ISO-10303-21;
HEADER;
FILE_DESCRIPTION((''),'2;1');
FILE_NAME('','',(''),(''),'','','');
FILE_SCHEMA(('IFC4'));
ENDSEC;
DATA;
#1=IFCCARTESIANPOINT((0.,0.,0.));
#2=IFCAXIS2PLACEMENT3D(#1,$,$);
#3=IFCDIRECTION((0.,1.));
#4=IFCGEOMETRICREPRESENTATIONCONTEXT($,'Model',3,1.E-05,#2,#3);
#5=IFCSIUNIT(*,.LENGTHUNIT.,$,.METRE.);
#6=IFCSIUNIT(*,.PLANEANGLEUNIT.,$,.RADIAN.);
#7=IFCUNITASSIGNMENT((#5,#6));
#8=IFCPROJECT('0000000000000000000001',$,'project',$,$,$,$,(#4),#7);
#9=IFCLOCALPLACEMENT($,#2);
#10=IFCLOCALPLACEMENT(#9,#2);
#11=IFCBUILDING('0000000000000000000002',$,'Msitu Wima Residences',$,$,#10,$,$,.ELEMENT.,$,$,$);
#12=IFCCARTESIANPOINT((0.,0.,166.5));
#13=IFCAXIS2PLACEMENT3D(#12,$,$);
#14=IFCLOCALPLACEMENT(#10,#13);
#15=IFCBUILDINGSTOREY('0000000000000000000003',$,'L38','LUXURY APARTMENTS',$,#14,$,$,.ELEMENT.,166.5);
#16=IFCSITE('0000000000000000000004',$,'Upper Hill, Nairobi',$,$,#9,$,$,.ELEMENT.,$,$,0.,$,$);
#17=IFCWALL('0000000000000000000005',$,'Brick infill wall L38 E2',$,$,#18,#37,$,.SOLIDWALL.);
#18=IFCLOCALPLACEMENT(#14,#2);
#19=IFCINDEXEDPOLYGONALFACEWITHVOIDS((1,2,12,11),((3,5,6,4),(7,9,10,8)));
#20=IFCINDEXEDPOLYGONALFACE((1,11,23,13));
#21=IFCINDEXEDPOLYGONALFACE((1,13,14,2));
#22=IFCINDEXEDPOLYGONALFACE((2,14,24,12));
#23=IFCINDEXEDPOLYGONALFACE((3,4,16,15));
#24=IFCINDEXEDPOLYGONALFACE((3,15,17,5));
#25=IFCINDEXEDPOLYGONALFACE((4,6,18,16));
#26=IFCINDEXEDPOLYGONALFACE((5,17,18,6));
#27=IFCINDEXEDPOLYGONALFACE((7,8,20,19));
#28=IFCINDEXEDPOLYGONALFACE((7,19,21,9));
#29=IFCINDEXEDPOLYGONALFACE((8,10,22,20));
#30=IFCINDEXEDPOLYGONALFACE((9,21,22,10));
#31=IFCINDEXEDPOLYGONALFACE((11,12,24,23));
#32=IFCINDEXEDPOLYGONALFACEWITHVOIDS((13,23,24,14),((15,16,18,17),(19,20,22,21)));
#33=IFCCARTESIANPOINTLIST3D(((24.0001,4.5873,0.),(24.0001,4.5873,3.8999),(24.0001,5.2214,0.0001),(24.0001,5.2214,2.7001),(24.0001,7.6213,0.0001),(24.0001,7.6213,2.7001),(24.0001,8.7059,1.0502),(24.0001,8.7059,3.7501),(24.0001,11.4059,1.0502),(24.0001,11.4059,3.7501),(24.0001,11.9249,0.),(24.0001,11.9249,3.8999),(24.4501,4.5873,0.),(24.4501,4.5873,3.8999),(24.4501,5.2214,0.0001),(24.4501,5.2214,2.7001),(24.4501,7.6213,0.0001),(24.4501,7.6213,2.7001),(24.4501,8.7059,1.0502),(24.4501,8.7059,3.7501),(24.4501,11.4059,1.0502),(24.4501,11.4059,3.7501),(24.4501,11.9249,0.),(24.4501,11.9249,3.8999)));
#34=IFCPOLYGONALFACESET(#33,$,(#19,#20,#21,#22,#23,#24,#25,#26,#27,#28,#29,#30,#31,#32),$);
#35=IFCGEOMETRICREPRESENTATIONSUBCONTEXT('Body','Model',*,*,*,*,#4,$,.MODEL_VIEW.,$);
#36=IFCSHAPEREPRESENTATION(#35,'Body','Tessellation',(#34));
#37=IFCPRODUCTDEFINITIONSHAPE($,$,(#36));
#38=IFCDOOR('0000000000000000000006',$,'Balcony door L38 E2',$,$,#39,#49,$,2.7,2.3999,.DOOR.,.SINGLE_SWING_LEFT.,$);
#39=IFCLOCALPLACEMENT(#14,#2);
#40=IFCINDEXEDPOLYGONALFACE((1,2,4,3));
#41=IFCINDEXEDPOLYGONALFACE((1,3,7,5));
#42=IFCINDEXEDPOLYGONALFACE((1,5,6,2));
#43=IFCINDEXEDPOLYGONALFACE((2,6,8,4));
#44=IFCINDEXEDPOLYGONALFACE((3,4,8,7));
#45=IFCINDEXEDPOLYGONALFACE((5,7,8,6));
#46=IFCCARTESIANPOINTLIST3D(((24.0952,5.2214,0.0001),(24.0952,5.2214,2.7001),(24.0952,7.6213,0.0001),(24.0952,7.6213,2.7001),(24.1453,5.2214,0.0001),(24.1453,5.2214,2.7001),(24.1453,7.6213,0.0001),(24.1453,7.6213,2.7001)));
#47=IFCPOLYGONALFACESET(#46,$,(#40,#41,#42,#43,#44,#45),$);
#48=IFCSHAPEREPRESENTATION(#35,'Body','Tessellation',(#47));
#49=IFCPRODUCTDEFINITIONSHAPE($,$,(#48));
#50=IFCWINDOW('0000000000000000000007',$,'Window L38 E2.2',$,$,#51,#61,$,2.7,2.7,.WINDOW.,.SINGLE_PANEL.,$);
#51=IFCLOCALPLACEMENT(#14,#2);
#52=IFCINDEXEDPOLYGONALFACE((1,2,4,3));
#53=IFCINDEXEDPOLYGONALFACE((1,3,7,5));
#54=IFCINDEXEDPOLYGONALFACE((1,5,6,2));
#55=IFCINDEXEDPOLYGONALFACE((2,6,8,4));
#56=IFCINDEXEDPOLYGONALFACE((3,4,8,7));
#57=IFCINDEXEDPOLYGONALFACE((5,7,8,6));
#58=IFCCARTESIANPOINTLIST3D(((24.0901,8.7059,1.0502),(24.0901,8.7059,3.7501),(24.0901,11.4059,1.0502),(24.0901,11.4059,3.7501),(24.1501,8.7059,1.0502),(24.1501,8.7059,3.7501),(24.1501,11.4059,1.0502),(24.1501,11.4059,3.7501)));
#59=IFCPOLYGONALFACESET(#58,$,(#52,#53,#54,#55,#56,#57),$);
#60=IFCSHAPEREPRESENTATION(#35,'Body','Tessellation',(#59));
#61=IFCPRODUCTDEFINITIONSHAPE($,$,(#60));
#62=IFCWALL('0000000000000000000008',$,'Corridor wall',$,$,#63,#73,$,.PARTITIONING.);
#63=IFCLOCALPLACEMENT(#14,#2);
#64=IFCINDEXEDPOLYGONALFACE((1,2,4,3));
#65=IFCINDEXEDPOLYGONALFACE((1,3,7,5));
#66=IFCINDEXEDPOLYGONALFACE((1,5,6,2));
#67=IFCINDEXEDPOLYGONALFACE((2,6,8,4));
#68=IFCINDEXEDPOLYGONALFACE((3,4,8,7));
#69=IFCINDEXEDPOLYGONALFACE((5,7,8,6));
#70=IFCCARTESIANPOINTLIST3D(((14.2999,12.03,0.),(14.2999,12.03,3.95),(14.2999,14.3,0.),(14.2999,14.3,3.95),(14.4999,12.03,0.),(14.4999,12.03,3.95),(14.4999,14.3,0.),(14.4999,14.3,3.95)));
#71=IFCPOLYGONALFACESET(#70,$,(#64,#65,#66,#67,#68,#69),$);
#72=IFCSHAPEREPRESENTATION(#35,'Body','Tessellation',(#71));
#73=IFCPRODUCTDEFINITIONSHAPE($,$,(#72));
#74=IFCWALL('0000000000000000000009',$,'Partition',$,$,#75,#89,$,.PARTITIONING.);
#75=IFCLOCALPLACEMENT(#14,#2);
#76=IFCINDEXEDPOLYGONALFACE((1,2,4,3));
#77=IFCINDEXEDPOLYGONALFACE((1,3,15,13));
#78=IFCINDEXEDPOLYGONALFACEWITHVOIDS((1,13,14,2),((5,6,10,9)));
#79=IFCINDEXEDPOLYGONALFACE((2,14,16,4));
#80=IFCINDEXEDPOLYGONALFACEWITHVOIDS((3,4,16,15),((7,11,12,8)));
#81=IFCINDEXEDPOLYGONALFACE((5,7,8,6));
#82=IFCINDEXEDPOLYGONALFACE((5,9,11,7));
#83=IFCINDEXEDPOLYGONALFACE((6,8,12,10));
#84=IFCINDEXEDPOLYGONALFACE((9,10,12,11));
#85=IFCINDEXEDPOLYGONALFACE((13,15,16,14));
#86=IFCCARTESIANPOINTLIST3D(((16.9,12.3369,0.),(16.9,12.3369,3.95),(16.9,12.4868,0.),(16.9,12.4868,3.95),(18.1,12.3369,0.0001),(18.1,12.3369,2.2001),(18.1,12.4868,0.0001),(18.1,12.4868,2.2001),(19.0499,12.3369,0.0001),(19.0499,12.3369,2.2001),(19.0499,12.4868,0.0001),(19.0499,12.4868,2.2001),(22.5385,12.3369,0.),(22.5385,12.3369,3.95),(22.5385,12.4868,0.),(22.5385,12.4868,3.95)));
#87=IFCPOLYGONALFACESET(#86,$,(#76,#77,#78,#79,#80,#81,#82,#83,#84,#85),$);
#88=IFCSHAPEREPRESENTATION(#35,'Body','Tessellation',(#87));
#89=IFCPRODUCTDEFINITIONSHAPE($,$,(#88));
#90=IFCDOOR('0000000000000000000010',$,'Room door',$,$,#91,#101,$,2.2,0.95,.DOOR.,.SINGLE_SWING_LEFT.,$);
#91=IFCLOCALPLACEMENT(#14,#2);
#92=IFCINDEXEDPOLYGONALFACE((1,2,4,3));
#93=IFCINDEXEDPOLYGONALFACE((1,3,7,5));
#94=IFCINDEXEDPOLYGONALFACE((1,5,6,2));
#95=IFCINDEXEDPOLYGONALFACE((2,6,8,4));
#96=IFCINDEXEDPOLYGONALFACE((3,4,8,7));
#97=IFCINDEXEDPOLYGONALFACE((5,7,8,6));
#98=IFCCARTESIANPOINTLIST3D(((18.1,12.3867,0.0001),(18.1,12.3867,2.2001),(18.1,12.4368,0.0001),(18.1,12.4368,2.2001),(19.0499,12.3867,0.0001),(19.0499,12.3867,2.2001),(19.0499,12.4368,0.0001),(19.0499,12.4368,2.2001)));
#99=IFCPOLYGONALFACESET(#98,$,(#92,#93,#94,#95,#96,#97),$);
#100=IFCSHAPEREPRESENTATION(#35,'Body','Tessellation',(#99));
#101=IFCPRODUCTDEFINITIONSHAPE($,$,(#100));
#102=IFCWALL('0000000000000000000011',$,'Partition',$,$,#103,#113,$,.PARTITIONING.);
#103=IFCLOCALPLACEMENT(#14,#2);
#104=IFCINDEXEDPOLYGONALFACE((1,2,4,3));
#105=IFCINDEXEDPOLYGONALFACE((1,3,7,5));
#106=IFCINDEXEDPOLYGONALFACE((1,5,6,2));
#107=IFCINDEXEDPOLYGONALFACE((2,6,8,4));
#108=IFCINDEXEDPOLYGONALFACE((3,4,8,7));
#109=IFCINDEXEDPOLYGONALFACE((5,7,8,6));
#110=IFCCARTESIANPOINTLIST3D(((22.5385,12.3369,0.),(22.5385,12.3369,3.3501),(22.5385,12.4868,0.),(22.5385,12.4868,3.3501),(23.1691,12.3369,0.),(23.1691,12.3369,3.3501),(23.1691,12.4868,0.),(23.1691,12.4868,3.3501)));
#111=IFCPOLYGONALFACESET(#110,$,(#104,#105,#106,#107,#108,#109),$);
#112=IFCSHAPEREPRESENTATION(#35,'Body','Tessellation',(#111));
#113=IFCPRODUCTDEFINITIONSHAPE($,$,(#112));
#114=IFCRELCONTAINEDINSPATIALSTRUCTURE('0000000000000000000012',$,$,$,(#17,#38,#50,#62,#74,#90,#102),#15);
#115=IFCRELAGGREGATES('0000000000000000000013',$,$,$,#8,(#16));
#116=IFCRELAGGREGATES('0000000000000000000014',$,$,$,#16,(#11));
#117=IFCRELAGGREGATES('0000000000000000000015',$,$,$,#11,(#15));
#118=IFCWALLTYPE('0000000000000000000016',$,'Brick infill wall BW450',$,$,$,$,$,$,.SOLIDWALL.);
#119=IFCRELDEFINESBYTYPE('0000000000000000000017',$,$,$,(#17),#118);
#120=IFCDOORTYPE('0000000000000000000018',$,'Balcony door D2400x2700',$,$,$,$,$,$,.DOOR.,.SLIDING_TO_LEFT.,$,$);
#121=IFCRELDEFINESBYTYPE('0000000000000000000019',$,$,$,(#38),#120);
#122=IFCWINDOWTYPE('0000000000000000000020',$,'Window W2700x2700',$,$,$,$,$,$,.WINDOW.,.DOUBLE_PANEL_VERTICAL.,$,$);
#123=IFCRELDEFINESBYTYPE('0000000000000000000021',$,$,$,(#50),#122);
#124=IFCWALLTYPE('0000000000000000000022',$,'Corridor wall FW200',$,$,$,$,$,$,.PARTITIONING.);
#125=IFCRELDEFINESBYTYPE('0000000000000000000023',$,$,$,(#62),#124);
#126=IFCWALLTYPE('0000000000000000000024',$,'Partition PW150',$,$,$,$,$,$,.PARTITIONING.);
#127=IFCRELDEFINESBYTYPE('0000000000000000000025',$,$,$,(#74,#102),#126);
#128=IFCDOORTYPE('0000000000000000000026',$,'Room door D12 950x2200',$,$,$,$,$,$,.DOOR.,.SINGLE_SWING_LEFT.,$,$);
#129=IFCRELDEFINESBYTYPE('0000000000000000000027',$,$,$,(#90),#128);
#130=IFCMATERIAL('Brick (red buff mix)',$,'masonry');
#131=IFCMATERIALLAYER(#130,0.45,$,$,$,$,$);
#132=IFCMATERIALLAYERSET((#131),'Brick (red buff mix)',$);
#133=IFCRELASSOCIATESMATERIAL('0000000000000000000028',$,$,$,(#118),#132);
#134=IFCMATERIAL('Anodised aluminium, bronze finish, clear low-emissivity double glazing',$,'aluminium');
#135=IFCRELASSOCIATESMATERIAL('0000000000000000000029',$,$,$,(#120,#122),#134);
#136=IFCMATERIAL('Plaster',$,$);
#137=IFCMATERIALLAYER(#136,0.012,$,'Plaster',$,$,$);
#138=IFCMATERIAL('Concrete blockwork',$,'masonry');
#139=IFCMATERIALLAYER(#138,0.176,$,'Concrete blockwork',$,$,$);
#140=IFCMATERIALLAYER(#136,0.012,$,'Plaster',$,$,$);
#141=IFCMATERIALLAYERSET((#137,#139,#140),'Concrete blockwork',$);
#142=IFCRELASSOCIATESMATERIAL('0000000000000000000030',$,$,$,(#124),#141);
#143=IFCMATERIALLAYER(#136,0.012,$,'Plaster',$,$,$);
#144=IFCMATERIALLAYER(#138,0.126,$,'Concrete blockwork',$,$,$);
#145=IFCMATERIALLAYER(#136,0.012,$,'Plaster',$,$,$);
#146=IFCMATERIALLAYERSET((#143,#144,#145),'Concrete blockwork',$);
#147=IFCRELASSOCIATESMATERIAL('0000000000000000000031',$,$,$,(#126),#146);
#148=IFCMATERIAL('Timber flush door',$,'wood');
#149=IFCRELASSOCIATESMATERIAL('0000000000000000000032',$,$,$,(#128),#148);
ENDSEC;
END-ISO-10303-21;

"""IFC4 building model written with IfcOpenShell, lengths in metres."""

from ifc_helpers import new_model, si_unit, direction, frame, frame_2d, origin, place, context, subcontext, project, spatial, rectangle, extrude, material, layer, layer_set, type_object, element, fill, save


model = new_model("IFC4")

# Units and contexts
model_context = context("Model", 3, precision=1e-05, world=origin(), true_north=direction((0.0, 1.0)))
body_context = subcontext(model_context, "Body", "Model", "MODEL_VIEW")
ifc_project = project(units=[si_unit("LENGTHUNIT", "METRE"), si_unit("PLANEANGLEUNIT", "RADIAN")], contexts=[model_context])

# Site, building, storey
site_placement = place(None, origin())
site = spatial("IfcSite", under=ifc_project, at=site_placement, Name="Upper Hill, Nairobi", CompositionType="ELEMENT", RefElevation=0.0)
building_placement = place(site_placement, origin())
building = spatial("IfcBuilding", under=site, at=building_placement, Name="Msitu Wima Residences", CompositionType="ELEMENT")
storey_placement = place(building_placement, frame((0.0, 0.0, 166.5)))
storey = spatial("IfcBuildingStorey", under=building, at=storey_placement, Name="L38", Description="LUXURY APARTMENTS", CompositionType="ELEMENT", Elevation=166.5)

# Wall, openings, door, window
ifc_material_1 = material(Name="Brick (red buff mix)", Category="masonry")
ifc_layer_1 = layer(ifc_material_1, 0.45)
ifc_layer_set_1 = layer_set([ifc_layer_1], Name="Brick (red buff mix)")
wall_type_1 = type_object("IfcWallType", Name="Brick infill wall BW450", PredefinedType="SOLIDWALL", material=ifc_layer_set_1)
wall_1_placement = place(storey_placement, frame((24.2251, 4.5872, 0.0), z_axis=(0.0, 0.0, 1.0), x_axis=(0.0, 1.0, 0.0)))
wall_1 = element("IfcWall", 1, at=wall_1_placement, inside=storey, type_object=wall_type_1, Name="Brick infill wall L38 E2", PredefinedType="SOLIDWALL", context=body_context, shape_type="SweptSolid", body=[
    extrude(rectangle(XDim=7.3376, YDim=0.45, at=frame_2d((3.6689, 0.0))), origin(), (0.0, 0.0, 1.0), 3.8999),
])
opening_1_placement = place(wall_1_placement, frame((0.6343, 0.0, 0.0)))
opening_1 = element("IfcOpeningElement", 2, at=opening_1_placement, cuts=wall_1, PredefinedType="OPENING", context=body_context, shape_type="SweptSolid", body=[
    extrude(rectangle(XDim=2.3999, YDim=2.7, at=frame_2d((1.2, 1.3501))), frame((0.0, 0.2349, 0.0), z_axis=(0.0, -1.0, 0.0), x_axis=(1.0, 0.0, 0.0)), (0.0, 0.0, 1.0), 0.47),
])
opening_2_placement = place(wall_1_placement, frame((4.1187, 0.0, 1.05)))
opening_2 = element("IfcOpeningElement", 3, at=opening_2_placement, cuts=wall_1, PredefinedType="OPENING", context=body_context, shape_type="SweptSolid", body=[
    extrude(rectangle(XDim=2.7, YDim=2.7, at=frame_2d((1.3501, 1.3501))), frame((0.0, 0.2349, 0.0), z_axis=(0.0, -1.0, 0.0), x_axis=(1.0, 0.0, 0.0)), (0.0, 0.0, 1.0), 0.47),
])
ifc_material_2 = material(Name="Anodised aluminium, bronze finish, clear low-emissivity double glazing", Category="aluminium")
door_type_1 = type_object("IfcDoorType", Name="Balcony door D2400x2700", OperationType="SLIDING_TO_LEFT", PredefinedType="DOOR", material=ifc_material_2)
door_1_placement = place(opening_1_placement, origin())
door_1 = element("IfcDoor", 4, at=door_1_placement, inside=storey, type_object=door_type_1, Name="Balcony door L38 E2", OperationType="SINGLE_SWING_LEFT", OverallHeight=2.7, OverallWidth=2.3999, PredefinedType="DOOR", context=body_context, shape_type="SweptSolid", body=[
    extrude(rectangle(XDim=2.3999, YDim=2.7, at=frame_2d((1.2, 1.3501))), frame((0.0, 0.1299, 0.0), z_axis=(0.0, -1.0, 0.0), x_axis=(1.0, 0.0, 0.0)), (0.0, 0.0, 1.0), 0.05),
])
fill(opening_1, door_1)
window_type = type_object("IfcWindowType", Name="Window W2700x2700", PartitioningType="DOUBLE_PANEL_VERTICAL", PredefinedType="WINDOW", material=ifc_material_2)
window_placement = place(opening_2_placement, origin())
window = element("IfcWindow", 5, at=window_placement, inside=storey, type_object=window_type, Name="Window L38 E2.2", OverallHeight=2.7, OverallWidth=2.7, PartitioningType="SINGLE_PANEL", PredefinedType="WINDOW", context=body_context, shape_type="SweptSolid", body=[
    extrude(rectangle(XDim=2.7, YDim=2.7, at=frame_2d((1.3501, 1.3501))), frame((0.0, 0.135, 0.0), z_axis=(0.0, -1.0, 0.0), x_axis=(1.0, 0.0, 0.0)), (0.0, 0.0, 1.0), 0.0601),
])
fill(opening_2, window)

# Wall
ifc_material_3 = material(Name="Plaster")
ifc_layer_2 = layer(ifc_material_3, 0.012, Name="Plaster")
ifc_material_4 = material(Name="Concrete blockwork", Category="masonry")
ifc_layer_3 = layer(ifc_material_4, 0.176, Name="Concrete blockwork")
ifc_layer_4 = layer(ifc_material_3, 0.012, Name="Plaster")
ifc_layer_set_2 = layer_set([ifc_layer_2, ifc_layer_3, ifc_layer_4], Name="Concrete blockwork")
wall_type_2 = type_object("IfcWallType", Name="Corridor wall FW200", PredefinedType="PARTITIONING", material=ifc_layer_set_2)
wall_2_placement = place(storey_placement, frame((14.3999, 12.03, 0.0), z_axis=(0.0, 0.0, 1.0), x_axis=(0.0, 1.0, 0.0)))
element("IfcWall", 6, at=wall_2_placement, inside=storey, type_object=wall_type_2, Name="Corridor wall", PredefinedType="PARTITIONING", context=body_context, shape_type="SweptSolid", body=[
    extrude(rectangle(XDim=2.27, YDim=0.2, at=frame_2d((1.135, 0.0))), origin(), (0.0, 0.0, 1.0), 3.95),
])

# Wall, opening, door
ifc_layer_5 = layer(ifc_material_3, 0.012, Name="Plaster")
ifc_layer_6 = layer(ifc_material_4, 0.126, Name="Concrete blockwork")
ifc_layer_7 = layer(ifc_material_3, 0.012, Name="Plaster")
ifc_layer_set_3 = layer_set([ifc_layer_5, ifc_layer_6, ifc_layer_7], Name="Concrete blockwork")
wall_type_3 = type_object("IfcWallType", Name="Partition PW150", PredefinedType="PARTITIONING", material=ifc_layer_set_3)
wall_3_placement = place(storey_placement, frame((16.8999, 12.4119, 0.0), z_axis=(0.0, 0.0, 1.0), x_axis=(1.0, 0.0, 0.0)))
wall_3 = element("IfcWall", 7, at=wall_3_placement, inside=storey, type_object=wall_type_3, Name="Partition", PredefinedType="PARTITIONING", context=body_context, shape_type="SweptSolid", body=[
    extrude(rectangle(XDim=5.6384, YDim=0.1499, at=frame_2d((2.8193, 0.0))), origin(), (0.0, 0.0, 1.0), 3.95),
])
opening_3_placement = place(wall_3_placement, frame((1.2, 0.0, 0.0)))
opening_3 = element("IfcOpeningElement", 8, at=opening_3_placement, cuts=wall_3, PredefinedType="OPENING", context=body_context, shape_type="SweptSolid", body=[
    extrude(rectangle(XDim=0.95, YDim=2.2, at=frame_2d((0.4751, 1.1001))), frame((0.0, 0.085, 0.0), z_axis=(0.0, -1.0, 0.0), x_axis=(1.0, 0.0, 0.0)), (0.0, 0.0, 1.0), 0.1699),
])
ifc_material_5 = material(Name="Timber flush door", Category="wood")
door_type_2 = type_object("IfcDoorType", Name="Room door D12 950x2200", OperationType="SINGLE_SWING_LEFT", PredefinedType="DOOR", material=ifc_material_5)
door_2_placement = place(opening_3_placement, origin())
door_2 = element("IfcDoor", 9, at=door_2_placement, inside=storey, type_object=door_type_2, Name="Room door", OperationType="SINGLE_SWING_LEFT", OverallHeight=2.2, OverallWidth=0.95, PredefinedType="DOOR", context=body_context, shape_type="SweptSolid", body=[
    extrude(rectangle(XDim=0.95, YDim=2.2, at=frame_2d((0.4751, 1.1001))), frame((0.0, 0.0249, 0.0), z_axis=(0.0, -1.0, 0.0), x_axis=(1.0, 0.0, 0.0)), (0.0, 0.0, 1.0), 0.05),
])
fill(opening_3, door_2)

# Wall
wall_4_placement = place(storey_placement, frame((22.5383, 12.4119, 0.0), z_axis=(0.0, 0.0, 1.0), x_axis=(1.0, 0.0, 0.0)))
element("IfcWall", 10, at=wall_4_placement, inside=storey, type_object=wall_type_3, Name="Partition", PredefinedType="PARTITIONING", context=body_context, shape_type="SweptSolid", body=[
    extrude(rectangle(XDim=0.6306, YDim=0.1499, at=frame_2d((0.3154, 0.0))), origin(), (0.0, 0.0, 1.0), 3.3501),
])

save(model, "model.ifc")
